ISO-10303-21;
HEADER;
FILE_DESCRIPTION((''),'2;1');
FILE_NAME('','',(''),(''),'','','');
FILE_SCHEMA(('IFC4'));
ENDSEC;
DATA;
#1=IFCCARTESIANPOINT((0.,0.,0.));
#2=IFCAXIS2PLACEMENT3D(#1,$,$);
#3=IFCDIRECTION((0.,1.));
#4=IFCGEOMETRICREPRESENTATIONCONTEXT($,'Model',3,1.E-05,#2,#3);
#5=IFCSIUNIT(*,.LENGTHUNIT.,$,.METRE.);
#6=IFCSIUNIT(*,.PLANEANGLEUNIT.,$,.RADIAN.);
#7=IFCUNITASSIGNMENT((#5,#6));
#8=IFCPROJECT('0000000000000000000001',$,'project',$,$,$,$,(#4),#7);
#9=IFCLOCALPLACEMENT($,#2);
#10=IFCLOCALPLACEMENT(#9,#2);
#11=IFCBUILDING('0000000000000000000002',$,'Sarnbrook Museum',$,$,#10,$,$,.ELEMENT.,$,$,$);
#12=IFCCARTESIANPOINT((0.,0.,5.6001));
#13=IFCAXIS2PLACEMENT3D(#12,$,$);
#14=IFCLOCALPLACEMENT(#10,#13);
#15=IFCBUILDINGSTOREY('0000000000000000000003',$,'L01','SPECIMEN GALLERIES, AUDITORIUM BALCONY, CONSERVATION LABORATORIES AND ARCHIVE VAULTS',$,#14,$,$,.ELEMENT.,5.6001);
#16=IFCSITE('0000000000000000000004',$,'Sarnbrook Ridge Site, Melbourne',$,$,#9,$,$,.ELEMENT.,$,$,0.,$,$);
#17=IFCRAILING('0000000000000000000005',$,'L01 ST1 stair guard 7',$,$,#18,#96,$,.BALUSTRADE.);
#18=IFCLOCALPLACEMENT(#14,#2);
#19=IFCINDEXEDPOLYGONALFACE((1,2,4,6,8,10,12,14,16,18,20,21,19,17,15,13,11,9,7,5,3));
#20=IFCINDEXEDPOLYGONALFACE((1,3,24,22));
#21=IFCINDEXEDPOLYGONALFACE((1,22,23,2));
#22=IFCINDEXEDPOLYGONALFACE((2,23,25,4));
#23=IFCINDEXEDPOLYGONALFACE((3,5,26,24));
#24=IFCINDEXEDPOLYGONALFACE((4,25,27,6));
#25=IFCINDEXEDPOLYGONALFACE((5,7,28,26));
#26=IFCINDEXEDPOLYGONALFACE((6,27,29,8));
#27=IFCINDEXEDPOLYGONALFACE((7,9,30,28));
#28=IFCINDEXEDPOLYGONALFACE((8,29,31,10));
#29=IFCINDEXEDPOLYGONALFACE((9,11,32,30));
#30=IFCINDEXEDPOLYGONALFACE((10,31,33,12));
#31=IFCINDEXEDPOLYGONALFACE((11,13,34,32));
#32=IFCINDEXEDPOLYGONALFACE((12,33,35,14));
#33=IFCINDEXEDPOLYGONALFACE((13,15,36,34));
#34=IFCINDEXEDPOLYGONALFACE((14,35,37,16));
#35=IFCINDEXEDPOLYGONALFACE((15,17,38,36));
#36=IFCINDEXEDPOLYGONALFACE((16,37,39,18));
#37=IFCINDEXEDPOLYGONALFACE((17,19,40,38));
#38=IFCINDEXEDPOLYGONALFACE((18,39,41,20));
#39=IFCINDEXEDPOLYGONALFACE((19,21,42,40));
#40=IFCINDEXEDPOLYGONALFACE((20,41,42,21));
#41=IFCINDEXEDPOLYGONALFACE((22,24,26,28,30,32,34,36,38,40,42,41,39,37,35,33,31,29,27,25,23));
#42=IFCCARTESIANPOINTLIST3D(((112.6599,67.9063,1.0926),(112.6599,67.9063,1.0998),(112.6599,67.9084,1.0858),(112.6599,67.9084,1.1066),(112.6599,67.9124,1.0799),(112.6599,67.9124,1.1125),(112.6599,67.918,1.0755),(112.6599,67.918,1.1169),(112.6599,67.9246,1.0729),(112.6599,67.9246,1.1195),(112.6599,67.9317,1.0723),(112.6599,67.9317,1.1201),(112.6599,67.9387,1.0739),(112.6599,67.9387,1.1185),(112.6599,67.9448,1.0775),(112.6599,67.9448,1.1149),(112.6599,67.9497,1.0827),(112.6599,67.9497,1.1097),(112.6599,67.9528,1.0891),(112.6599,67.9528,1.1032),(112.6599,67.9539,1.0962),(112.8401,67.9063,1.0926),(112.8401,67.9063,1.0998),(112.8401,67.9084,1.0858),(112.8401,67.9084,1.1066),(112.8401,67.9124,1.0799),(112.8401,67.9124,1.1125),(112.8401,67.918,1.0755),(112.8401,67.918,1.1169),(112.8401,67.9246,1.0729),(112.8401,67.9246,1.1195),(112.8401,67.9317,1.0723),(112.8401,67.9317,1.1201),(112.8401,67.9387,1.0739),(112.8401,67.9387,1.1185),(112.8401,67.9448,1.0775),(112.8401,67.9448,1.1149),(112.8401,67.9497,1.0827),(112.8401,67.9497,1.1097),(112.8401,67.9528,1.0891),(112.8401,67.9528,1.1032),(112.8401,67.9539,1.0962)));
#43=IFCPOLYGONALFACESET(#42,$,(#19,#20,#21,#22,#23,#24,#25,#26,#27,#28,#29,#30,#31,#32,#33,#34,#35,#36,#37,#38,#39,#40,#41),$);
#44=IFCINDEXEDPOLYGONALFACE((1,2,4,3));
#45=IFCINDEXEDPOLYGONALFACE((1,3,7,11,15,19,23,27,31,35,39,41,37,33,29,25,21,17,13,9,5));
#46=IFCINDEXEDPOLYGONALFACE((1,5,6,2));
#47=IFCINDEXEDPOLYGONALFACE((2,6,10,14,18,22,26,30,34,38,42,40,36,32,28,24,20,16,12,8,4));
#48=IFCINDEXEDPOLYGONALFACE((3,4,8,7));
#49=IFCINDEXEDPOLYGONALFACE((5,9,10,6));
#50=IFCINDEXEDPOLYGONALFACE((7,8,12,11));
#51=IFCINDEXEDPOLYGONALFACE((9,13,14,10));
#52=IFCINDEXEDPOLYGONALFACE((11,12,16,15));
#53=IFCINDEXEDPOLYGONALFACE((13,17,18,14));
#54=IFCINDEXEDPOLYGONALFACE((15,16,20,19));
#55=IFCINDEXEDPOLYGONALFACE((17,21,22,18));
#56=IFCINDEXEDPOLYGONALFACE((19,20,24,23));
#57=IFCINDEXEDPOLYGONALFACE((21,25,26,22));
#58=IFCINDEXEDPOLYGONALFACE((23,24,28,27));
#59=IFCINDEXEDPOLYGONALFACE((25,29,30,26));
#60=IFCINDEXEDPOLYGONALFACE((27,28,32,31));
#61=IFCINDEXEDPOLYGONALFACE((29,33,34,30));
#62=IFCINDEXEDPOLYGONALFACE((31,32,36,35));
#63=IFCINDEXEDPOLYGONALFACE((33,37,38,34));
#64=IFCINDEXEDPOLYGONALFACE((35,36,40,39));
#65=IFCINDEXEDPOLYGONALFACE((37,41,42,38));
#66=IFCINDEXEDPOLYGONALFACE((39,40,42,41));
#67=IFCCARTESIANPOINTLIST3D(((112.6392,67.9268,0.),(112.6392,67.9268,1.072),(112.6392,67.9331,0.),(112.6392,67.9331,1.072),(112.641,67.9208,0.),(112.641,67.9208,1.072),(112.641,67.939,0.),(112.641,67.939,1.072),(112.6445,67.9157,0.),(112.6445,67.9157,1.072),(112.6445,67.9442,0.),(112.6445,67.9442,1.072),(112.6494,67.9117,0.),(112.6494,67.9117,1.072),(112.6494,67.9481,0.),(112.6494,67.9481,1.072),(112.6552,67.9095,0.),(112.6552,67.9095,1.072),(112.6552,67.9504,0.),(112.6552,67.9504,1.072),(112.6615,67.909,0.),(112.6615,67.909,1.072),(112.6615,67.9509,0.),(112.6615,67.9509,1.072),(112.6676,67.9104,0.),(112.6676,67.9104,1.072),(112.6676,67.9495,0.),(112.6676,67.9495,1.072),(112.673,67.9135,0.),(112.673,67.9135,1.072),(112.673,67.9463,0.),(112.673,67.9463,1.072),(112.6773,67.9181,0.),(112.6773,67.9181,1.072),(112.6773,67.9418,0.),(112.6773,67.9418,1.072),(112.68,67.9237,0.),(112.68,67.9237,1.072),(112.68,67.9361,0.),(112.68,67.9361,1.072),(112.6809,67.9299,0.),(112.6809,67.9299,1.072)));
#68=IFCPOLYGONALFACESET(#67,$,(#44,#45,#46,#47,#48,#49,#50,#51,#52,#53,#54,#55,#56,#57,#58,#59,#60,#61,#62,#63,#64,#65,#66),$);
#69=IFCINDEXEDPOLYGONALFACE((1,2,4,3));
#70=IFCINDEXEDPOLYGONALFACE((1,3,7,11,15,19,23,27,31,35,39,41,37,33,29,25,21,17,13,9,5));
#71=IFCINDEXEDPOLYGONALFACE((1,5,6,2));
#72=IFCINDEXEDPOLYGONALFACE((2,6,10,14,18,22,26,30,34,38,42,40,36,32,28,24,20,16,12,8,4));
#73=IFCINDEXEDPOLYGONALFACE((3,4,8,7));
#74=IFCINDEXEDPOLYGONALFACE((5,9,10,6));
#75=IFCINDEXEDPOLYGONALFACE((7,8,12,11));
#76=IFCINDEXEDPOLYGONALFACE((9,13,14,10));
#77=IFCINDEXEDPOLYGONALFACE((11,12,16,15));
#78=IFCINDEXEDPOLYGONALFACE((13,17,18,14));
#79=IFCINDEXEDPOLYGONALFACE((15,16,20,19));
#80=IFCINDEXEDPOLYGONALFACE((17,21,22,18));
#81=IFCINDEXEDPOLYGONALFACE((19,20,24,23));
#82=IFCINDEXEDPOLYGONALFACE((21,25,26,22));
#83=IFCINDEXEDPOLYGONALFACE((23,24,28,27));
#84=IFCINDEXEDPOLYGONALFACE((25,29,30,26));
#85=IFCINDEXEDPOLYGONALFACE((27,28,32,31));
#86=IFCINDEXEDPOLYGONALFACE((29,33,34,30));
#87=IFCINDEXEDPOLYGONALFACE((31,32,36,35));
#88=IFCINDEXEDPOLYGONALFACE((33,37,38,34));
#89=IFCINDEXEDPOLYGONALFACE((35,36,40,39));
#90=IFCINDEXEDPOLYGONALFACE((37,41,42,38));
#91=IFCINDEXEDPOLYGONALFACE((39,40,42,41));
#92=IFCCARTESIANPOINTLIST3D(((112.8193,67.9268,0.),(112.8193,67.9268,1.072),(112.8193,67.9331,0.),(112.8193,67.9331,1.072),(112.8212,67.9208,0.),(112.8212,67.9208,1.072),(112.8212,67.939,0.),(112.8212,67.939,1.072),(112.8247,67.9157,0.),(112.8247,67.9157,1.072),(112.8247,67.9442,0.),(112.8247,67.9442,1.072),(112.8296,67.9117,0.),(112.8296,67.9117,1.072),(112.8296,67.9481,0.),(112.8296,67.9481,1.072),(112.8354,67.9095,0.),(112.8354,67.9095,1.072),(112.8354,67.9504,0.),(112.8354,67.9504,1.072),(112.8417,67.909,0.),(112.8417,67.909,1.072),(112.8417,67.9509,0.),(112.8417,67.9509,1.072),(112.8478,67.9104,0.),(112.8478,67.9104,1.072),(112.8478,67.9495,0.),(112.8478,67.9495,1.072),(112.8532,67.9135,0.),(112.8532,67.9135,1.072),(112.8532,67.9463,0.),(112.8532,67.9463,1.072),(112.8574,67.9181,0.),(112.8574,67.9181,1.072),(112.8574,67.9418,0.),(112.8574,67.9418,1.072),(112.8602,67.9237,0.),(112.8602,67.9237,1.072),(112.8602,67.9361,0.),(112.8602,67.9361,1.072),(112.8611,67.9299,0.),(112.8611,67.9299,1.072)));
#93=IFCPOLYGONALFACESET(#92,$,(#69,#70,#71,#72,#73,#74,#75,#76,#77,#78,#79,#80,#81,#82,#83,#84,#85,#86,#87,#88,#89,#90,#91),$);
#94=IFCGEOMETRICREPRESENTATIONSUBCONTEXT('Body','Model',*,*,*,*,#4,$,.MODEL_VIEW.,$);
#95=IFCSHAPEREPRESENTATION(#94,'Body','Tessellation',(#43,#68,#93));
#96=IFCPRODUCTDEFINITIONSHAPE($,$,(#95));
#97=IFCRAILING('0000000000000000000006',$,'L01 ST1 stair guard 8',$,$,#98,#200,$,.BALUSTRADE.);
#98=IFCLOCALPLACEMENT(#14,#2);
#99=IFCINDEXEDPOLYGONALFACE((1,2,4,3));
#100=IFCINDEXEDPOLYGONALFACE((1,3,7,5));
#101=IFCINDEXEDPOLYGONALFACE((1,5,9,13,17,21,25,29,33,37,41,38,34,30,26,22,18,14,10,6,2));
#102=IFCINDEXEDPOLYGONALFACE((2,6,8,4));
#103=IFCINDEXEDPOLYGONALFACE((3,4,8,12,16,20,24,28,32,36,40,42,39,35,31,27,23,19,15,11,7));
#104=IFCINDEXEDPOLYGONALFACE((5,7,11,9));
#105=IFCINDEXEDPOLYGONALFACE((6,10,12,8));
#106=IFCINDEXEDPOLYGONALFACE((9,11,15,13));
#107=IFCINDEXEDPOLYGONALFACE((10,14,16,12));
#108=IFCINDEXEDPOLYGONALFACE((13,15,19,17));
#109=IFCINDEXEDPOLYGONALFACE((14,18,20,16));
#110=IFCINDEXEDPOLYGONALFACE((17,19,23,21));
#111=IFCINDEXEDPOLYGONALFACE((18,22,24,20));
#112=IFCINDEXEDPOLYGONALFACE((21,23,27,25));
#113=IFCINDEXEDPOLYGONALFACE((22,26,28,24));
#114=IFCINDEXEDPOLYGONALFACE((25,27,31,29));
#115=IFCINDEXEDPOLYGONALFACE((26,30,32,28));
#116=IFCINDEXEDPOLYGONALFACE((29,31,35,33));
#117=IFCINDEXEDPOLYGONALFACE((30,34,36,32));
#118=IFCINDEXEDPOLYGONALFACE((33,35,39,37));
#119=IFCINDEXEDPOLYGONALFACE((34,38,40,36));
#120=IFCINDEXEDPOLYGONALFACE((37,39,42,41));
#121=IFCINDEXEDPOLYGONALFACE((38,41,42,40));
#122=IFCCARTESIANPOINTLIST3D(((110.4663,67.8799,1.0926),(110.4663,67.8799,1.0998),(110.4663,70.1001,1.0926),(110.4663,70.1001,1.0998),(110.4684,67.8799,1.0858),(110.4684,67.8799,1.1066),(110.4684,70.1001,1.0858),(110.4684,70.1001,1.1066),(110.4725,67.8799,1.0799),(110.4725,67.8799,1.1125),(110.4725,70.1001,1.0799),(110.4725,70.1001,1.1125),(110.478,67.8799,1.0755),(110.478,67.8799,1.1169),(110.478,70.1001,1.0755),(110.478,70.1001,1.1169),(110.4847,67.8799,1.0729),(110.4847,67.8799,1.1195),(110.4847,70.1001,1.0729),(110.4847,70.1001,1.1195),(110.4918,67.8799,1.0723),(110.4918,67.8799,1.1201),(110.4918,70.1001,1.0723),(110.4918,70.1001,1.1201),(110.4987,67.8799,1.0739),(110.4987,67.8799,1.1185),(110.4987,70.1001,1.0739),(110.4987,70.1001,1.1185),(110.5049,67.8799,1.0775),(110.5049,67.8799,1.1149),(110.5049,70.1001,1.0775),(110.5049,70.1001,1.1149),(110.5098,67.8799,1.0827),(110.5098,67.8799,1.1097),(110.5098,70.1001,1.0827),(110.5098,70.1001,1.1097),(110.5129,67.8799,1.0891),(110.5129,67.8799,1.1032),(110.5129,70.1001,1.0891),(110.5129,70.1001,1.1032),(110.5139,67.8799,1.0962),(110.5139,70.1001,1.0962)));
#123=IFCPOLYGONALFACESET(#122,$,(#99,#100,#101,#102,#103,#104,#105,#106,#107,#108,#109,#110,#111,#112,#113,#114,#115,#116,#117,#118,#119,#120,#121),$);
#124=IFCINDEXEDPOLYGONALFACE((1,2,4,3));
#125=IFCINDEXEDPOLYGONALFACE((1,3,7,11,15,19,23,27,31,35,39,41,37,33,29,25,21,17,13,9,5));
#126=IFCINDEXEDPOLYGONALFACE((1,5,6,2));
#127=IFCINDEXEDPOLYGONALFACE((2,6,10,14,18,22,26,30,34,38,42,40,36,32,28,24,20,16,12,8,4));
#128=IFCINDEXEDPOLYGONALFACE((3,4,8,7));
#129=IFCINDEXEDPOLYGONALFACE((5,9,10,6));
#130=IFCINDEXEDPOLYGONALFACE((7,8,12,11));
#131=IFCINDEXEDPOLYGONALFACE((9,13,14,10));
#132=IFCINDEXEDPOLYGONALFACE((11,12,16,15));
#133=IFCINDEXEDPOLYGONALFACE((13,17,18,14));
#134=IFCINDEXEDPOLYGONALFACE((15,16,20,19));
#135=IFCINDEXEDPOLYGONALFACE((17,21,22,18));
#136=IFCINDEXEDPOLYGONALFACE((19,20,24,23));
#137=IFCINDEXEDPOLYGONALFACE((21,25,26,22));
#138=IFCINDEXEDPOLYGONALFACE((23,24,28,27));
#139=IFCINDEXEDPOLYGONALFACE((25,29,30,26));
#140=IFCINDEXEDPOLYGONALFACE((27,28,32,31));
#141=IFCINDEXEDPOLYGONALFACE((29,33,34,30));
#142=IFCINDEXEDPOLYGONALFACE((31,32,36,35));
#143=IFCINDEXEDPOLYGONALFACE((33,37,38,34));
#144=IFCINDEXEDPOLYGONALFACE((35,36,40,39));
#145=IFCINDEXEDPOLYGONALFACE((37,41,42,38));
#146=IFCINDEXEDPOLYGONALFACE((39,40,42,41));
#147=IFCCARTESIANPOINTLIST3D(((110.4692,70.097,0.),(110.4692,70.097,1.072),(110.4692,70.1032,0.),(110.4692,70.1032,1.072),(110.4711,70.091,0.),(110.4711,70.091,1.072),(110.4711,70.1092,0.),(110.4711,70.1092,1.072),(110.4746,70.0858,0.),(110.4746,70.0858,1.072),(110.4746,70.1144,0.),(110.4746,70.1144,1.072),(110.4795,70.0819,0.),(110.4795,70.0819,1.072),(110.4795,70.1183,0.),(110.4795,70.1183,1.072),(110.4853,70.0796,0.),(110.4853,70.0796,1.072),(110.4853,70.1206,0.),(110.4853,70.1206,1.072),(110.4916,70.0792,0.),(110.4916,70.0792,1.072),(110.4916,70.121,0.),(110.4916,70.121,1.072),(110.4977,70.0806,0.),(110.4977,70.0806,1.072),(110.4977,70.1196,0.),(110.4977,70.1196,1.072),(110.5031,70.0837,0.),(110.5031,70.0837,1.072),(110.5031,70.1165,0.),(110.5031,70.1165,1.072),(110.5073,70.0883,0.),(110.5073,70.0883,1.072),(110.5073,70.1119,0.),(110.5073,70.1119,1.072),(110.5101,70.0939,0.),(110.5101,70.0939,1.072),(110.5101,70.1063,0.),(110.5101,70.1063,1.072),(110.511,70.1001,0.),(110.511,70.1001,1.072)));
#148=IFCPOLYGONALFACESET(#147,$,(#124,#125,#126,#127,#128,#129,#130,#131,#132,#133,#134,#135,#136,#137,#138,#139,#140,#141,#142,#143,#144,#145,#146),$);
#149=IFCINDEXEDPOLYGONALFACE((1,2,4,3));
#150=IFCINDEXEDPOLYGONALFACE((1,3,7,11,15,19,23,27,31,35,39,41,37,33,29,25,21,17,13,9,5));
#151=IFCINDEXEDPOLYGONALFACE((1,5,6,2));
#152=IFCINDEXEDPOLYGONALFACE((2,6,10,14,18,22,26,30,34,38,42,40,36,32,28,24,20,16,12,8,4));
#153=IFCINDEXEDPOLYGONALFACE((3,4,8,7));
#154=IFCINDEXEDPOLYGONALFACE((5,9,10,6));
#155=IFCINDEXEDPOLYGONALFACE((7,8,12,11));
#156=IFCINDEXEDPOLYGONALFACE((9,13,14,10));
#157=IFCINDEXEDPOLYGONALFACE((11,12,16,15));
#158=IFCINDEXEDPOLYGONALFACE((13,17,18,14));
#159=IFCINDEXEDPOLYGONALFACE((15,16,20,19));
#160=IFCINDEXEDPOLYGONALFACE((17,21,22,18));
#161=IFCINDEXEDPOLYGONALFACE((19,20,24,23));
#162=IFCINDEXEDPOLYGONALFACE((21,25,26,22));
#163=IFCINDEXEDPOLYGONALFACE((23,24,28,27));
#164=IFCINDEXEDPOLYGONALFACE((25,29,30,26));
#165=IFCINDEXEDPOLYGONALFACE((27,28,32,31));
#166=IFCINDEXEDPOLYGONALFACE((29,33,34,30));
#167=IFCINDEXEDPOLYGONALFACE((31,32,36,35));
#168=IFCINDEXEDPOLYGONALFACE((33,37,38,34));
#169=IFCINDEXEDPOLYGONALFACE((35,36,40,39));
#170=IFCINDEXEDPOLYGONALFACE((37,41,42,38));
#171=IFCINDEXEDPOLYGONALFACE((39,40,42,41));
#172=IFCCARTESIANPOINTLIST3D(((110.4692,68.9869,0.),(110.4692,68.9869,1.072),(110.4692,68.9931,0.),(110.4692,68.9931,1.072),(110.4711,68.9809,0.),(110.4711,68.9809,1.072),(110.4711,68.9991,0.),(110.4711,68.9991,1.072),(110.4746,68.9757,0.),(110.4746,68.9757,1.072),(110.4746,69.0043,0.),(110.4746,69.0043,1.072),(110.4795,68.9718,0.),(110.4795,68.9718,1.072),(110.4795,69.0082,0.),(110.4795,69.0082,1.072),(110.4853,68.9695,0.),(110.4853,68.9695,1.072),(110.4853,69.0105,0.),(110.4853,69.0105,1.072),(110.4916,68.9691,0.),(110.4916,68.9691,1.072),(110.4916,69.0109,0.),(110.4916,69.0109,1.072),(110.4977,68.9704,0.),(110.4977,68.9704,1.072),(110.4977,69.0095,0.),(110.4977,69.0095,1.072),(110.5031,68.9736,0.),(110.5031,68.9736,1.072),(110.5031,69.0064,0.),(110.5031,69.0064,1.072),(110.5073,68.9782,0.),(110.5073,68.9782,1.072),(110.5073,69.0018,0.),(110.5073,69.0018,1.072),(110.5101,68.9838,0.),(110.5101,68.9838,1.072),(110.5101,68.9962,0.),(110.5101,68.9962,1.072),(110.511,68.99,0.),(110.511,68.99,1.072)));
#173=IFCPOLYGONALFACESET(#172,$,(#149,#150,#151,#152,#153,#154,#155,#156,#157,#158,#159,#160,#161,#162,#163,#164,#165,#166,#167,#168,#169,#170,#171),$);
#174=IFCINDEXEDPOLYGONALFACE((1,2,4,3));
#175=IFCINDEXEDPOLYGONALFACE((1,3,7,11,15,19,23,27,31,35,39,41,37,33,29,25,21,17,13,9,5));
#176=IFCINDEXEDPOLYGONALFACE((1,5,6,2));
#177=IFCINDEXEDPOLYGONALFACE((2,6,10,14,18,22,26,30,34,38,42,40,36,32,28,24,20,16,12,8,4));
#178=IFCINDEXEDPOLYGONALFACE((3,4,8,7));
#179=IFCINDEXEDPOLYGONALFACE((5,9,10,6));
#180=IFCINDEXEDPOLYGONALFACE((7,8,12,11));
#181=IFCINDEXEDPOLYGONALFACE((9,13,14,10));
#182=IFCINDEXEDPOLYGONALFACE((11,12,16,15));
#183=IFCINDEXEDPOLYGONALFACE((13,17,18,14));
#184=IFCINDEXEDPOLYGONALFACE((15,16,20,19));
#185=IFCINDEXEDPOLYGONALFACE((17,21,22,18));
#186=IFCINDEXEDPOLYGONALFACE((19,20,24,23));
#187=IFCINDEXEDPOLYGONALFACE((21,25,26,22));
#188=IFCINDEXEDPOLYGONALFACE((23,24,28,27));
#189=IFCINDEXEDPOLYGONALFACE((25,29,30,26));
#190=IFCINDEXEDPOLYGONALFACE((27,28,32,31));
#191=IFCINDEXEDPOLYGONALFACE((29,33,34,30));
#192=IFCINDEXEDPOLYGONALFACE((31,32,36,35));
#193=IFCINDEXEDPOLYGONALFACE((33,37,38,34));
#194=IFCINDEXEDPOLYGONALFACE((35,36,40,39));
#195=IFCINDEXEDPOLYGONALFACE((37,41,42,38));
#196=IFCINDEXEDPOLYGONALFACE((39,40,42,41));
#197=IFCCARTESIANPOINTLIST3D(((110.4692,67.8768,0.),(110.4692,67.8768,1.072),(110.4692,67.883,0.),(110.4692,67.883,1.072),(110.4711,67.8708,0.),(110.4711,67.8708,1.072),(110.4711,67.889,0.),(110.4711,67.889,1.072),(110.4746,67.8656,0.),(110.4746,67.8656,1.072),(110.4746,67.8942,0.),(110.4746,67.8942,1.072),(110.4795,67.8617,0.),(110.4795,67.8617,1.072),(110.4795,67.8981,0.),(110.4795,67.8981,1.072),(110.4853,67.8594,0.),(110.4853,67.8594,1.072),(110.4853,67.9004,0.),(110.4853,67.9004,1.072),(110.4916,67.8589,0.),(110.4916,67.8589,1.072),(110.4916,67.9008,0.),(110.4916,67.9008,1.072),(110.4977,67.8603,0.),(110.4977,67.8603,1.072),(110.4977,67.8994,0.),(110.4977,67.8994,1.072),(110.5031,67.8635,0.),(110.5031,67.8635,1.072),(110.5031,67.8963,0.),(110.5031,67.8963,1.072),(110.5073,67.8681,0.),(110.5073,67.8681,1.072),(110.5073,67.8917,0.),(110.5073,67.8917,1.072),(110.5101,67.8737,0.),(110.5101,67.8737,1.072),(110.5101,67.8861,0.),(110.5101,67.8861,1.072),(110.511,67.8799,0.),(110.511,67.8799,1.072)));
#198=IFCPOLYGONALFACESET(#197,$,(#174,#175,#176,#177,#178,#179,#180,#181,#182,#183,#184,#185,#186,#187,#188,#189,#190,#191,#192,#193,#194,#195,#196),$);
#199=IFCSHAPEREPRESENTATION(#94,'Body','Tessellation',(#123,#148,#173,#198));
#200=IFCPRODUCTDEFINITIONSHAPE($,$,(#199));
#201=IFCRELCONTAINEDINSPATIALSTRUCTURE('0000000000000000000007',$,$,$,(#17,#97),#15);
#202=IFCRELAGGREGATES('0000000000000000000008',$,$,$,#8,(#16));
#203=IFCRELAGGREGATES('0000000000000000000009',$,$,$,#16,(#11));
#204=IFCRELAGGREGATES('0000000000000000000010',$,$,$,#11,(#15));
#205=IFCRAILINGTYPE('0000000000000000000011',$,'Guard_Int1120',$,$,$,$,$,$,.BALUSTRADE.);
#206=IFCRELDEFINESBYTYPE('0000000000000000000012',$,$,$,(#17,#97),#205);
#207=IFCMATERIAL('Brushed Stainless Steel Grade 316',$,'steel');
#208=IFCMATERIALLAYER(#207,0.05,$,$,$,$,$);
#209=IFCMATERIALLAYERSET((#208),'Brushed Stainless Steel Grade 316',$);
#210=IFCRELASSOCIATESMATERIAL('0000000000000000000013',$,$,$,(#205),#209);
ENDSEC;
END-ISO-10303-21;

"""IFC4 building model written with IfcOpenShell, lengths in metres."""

from ifc_helpers import new_model, si_unit, direction, frame, origin, origin_2d, place, context, subcontext, project, spatial, circle, extrude, material, layer, layer_set, type_object, element, save


model = new_model("IFC4")

# Units and contexts
model_context = context("Model", 3, precision=1e-05, world=origin(), true_north=direction((0.0, 1.0)))
body_context = subcontext(model_context, "Body", "Model", "MODEL_VIEW")
ifc_project = project(units=[si_unit("LENGTHUNIT", "METRE"), si_unit("PLANEANGLEUNIT", "RADIAN")], contexts=[model_context])

# Site, building, storey
site_placement = place(None, origin())
site = spatial("IfcSite", under=ifc_project, at=site_placement, Name="Sarnbrook Ridge Site, Melbourne", CompositionType="ELEMENT", RefElevation=0.0)
building_placement = place(site_placement, origin())
building = spatial("IfcBuilding", under=site, at=building_placement, Name="Sarnbrook Museum", CompositionType="ELEMENT")
storey_placement = place(building_placement, frame((0.0, 0.0, 5.6001)))
storey = spatial("IfcBuildingStorey", under=building, at=storey_placement, Name="L01", Description="SPECIMEN GALLERIES, AUDITORIUM BALCONY, CONSERVATION LABORATORIES AND ARCHIVE VAULTS", CompositionType="ELEMENT", Elevation=5.6001)

# Railings
ifc_material_1 = material(Name="Brushed Stainless Steel Grade 316", Category="steel")
ifc_layer_1 = layer(ifc_material_1, 0.05)
ifc_layer_set_1 = layer_set([ifc_layer_1], Name="Brushed Stainless Steel Grade 316")
railing_type_1 = type_object("IfcRailingType", Name="Guard_Int1120", PredefinedType="BALUSTRADE", material=ifc_layer_set_1)
railing_1_placement = place(storey_placement, frame((112.6599, 67.9299, 0.0)))
element("IfcRailing", 1, at=railing_1_placement, inside=storey, type_object=railing_type_1, Name="L01 ST1 stair guard 7", PredefinedType="BALUSTRADE", context=body_context, shape_type="SweptSolid", body=[
    extrude(circle(Radius=0.0239, at=origin_2d()), frame((0.0, 0.0, 1.0962), z_axis=(1.0, 0.0, 0.0), x_axis=(0.0, 1.0, 0.0)), (0.0, 0.0, 1.0), 0.1802),
    extrude(circle(Radius=0.021, at=origin_2d()), origin(), (0.0, 0.0, 1.0), 1.072),
    extrude(circle(Radius=0.021, at=origin_2d()), frame((0.1802, 0.0, 0.0)), (0.0, 0.0, 1.0), 1.072),
])
railing_2_placement = place(storey_placement, frame((110.49, 70.1001, 0.0)))
element("IfcRailing", 2, at=railing_2_placement, inside=storey, type_object=railing_type_1, Name="L01 ST1 stair guard 8", PredefinedType="BALUSTRADE", context=body_context, shape_type="SweptSolid", body=[
    extrude(circle(Radius=0.0239, at=origin_2d()), frame((0.0, 0.0, 1.0962), z_axis=(0.0, -1.0, 0.0), x_axis=(1.0, 0.0, 0.0)), (0.0, 0.0, 1.0), 2.2202),
    extrude(circle(Radius=0.021, at=origin_2d()), origin(), (0.0, 0.0, 1.0), 1.072),
    extrude(circle(Radius=0.021, at=origin_2d()), frame((0.0, -1.1101, 0.0)), (0.0, 0.0, 1.0), 1.072),
    extrude(circle(Radius=0.021, at=origin_2d()), frame((0.0, -2.2202, 0.0)), (0.0, 0.0, 1.0), 1.072),
])

save(model, "model.ifc")
